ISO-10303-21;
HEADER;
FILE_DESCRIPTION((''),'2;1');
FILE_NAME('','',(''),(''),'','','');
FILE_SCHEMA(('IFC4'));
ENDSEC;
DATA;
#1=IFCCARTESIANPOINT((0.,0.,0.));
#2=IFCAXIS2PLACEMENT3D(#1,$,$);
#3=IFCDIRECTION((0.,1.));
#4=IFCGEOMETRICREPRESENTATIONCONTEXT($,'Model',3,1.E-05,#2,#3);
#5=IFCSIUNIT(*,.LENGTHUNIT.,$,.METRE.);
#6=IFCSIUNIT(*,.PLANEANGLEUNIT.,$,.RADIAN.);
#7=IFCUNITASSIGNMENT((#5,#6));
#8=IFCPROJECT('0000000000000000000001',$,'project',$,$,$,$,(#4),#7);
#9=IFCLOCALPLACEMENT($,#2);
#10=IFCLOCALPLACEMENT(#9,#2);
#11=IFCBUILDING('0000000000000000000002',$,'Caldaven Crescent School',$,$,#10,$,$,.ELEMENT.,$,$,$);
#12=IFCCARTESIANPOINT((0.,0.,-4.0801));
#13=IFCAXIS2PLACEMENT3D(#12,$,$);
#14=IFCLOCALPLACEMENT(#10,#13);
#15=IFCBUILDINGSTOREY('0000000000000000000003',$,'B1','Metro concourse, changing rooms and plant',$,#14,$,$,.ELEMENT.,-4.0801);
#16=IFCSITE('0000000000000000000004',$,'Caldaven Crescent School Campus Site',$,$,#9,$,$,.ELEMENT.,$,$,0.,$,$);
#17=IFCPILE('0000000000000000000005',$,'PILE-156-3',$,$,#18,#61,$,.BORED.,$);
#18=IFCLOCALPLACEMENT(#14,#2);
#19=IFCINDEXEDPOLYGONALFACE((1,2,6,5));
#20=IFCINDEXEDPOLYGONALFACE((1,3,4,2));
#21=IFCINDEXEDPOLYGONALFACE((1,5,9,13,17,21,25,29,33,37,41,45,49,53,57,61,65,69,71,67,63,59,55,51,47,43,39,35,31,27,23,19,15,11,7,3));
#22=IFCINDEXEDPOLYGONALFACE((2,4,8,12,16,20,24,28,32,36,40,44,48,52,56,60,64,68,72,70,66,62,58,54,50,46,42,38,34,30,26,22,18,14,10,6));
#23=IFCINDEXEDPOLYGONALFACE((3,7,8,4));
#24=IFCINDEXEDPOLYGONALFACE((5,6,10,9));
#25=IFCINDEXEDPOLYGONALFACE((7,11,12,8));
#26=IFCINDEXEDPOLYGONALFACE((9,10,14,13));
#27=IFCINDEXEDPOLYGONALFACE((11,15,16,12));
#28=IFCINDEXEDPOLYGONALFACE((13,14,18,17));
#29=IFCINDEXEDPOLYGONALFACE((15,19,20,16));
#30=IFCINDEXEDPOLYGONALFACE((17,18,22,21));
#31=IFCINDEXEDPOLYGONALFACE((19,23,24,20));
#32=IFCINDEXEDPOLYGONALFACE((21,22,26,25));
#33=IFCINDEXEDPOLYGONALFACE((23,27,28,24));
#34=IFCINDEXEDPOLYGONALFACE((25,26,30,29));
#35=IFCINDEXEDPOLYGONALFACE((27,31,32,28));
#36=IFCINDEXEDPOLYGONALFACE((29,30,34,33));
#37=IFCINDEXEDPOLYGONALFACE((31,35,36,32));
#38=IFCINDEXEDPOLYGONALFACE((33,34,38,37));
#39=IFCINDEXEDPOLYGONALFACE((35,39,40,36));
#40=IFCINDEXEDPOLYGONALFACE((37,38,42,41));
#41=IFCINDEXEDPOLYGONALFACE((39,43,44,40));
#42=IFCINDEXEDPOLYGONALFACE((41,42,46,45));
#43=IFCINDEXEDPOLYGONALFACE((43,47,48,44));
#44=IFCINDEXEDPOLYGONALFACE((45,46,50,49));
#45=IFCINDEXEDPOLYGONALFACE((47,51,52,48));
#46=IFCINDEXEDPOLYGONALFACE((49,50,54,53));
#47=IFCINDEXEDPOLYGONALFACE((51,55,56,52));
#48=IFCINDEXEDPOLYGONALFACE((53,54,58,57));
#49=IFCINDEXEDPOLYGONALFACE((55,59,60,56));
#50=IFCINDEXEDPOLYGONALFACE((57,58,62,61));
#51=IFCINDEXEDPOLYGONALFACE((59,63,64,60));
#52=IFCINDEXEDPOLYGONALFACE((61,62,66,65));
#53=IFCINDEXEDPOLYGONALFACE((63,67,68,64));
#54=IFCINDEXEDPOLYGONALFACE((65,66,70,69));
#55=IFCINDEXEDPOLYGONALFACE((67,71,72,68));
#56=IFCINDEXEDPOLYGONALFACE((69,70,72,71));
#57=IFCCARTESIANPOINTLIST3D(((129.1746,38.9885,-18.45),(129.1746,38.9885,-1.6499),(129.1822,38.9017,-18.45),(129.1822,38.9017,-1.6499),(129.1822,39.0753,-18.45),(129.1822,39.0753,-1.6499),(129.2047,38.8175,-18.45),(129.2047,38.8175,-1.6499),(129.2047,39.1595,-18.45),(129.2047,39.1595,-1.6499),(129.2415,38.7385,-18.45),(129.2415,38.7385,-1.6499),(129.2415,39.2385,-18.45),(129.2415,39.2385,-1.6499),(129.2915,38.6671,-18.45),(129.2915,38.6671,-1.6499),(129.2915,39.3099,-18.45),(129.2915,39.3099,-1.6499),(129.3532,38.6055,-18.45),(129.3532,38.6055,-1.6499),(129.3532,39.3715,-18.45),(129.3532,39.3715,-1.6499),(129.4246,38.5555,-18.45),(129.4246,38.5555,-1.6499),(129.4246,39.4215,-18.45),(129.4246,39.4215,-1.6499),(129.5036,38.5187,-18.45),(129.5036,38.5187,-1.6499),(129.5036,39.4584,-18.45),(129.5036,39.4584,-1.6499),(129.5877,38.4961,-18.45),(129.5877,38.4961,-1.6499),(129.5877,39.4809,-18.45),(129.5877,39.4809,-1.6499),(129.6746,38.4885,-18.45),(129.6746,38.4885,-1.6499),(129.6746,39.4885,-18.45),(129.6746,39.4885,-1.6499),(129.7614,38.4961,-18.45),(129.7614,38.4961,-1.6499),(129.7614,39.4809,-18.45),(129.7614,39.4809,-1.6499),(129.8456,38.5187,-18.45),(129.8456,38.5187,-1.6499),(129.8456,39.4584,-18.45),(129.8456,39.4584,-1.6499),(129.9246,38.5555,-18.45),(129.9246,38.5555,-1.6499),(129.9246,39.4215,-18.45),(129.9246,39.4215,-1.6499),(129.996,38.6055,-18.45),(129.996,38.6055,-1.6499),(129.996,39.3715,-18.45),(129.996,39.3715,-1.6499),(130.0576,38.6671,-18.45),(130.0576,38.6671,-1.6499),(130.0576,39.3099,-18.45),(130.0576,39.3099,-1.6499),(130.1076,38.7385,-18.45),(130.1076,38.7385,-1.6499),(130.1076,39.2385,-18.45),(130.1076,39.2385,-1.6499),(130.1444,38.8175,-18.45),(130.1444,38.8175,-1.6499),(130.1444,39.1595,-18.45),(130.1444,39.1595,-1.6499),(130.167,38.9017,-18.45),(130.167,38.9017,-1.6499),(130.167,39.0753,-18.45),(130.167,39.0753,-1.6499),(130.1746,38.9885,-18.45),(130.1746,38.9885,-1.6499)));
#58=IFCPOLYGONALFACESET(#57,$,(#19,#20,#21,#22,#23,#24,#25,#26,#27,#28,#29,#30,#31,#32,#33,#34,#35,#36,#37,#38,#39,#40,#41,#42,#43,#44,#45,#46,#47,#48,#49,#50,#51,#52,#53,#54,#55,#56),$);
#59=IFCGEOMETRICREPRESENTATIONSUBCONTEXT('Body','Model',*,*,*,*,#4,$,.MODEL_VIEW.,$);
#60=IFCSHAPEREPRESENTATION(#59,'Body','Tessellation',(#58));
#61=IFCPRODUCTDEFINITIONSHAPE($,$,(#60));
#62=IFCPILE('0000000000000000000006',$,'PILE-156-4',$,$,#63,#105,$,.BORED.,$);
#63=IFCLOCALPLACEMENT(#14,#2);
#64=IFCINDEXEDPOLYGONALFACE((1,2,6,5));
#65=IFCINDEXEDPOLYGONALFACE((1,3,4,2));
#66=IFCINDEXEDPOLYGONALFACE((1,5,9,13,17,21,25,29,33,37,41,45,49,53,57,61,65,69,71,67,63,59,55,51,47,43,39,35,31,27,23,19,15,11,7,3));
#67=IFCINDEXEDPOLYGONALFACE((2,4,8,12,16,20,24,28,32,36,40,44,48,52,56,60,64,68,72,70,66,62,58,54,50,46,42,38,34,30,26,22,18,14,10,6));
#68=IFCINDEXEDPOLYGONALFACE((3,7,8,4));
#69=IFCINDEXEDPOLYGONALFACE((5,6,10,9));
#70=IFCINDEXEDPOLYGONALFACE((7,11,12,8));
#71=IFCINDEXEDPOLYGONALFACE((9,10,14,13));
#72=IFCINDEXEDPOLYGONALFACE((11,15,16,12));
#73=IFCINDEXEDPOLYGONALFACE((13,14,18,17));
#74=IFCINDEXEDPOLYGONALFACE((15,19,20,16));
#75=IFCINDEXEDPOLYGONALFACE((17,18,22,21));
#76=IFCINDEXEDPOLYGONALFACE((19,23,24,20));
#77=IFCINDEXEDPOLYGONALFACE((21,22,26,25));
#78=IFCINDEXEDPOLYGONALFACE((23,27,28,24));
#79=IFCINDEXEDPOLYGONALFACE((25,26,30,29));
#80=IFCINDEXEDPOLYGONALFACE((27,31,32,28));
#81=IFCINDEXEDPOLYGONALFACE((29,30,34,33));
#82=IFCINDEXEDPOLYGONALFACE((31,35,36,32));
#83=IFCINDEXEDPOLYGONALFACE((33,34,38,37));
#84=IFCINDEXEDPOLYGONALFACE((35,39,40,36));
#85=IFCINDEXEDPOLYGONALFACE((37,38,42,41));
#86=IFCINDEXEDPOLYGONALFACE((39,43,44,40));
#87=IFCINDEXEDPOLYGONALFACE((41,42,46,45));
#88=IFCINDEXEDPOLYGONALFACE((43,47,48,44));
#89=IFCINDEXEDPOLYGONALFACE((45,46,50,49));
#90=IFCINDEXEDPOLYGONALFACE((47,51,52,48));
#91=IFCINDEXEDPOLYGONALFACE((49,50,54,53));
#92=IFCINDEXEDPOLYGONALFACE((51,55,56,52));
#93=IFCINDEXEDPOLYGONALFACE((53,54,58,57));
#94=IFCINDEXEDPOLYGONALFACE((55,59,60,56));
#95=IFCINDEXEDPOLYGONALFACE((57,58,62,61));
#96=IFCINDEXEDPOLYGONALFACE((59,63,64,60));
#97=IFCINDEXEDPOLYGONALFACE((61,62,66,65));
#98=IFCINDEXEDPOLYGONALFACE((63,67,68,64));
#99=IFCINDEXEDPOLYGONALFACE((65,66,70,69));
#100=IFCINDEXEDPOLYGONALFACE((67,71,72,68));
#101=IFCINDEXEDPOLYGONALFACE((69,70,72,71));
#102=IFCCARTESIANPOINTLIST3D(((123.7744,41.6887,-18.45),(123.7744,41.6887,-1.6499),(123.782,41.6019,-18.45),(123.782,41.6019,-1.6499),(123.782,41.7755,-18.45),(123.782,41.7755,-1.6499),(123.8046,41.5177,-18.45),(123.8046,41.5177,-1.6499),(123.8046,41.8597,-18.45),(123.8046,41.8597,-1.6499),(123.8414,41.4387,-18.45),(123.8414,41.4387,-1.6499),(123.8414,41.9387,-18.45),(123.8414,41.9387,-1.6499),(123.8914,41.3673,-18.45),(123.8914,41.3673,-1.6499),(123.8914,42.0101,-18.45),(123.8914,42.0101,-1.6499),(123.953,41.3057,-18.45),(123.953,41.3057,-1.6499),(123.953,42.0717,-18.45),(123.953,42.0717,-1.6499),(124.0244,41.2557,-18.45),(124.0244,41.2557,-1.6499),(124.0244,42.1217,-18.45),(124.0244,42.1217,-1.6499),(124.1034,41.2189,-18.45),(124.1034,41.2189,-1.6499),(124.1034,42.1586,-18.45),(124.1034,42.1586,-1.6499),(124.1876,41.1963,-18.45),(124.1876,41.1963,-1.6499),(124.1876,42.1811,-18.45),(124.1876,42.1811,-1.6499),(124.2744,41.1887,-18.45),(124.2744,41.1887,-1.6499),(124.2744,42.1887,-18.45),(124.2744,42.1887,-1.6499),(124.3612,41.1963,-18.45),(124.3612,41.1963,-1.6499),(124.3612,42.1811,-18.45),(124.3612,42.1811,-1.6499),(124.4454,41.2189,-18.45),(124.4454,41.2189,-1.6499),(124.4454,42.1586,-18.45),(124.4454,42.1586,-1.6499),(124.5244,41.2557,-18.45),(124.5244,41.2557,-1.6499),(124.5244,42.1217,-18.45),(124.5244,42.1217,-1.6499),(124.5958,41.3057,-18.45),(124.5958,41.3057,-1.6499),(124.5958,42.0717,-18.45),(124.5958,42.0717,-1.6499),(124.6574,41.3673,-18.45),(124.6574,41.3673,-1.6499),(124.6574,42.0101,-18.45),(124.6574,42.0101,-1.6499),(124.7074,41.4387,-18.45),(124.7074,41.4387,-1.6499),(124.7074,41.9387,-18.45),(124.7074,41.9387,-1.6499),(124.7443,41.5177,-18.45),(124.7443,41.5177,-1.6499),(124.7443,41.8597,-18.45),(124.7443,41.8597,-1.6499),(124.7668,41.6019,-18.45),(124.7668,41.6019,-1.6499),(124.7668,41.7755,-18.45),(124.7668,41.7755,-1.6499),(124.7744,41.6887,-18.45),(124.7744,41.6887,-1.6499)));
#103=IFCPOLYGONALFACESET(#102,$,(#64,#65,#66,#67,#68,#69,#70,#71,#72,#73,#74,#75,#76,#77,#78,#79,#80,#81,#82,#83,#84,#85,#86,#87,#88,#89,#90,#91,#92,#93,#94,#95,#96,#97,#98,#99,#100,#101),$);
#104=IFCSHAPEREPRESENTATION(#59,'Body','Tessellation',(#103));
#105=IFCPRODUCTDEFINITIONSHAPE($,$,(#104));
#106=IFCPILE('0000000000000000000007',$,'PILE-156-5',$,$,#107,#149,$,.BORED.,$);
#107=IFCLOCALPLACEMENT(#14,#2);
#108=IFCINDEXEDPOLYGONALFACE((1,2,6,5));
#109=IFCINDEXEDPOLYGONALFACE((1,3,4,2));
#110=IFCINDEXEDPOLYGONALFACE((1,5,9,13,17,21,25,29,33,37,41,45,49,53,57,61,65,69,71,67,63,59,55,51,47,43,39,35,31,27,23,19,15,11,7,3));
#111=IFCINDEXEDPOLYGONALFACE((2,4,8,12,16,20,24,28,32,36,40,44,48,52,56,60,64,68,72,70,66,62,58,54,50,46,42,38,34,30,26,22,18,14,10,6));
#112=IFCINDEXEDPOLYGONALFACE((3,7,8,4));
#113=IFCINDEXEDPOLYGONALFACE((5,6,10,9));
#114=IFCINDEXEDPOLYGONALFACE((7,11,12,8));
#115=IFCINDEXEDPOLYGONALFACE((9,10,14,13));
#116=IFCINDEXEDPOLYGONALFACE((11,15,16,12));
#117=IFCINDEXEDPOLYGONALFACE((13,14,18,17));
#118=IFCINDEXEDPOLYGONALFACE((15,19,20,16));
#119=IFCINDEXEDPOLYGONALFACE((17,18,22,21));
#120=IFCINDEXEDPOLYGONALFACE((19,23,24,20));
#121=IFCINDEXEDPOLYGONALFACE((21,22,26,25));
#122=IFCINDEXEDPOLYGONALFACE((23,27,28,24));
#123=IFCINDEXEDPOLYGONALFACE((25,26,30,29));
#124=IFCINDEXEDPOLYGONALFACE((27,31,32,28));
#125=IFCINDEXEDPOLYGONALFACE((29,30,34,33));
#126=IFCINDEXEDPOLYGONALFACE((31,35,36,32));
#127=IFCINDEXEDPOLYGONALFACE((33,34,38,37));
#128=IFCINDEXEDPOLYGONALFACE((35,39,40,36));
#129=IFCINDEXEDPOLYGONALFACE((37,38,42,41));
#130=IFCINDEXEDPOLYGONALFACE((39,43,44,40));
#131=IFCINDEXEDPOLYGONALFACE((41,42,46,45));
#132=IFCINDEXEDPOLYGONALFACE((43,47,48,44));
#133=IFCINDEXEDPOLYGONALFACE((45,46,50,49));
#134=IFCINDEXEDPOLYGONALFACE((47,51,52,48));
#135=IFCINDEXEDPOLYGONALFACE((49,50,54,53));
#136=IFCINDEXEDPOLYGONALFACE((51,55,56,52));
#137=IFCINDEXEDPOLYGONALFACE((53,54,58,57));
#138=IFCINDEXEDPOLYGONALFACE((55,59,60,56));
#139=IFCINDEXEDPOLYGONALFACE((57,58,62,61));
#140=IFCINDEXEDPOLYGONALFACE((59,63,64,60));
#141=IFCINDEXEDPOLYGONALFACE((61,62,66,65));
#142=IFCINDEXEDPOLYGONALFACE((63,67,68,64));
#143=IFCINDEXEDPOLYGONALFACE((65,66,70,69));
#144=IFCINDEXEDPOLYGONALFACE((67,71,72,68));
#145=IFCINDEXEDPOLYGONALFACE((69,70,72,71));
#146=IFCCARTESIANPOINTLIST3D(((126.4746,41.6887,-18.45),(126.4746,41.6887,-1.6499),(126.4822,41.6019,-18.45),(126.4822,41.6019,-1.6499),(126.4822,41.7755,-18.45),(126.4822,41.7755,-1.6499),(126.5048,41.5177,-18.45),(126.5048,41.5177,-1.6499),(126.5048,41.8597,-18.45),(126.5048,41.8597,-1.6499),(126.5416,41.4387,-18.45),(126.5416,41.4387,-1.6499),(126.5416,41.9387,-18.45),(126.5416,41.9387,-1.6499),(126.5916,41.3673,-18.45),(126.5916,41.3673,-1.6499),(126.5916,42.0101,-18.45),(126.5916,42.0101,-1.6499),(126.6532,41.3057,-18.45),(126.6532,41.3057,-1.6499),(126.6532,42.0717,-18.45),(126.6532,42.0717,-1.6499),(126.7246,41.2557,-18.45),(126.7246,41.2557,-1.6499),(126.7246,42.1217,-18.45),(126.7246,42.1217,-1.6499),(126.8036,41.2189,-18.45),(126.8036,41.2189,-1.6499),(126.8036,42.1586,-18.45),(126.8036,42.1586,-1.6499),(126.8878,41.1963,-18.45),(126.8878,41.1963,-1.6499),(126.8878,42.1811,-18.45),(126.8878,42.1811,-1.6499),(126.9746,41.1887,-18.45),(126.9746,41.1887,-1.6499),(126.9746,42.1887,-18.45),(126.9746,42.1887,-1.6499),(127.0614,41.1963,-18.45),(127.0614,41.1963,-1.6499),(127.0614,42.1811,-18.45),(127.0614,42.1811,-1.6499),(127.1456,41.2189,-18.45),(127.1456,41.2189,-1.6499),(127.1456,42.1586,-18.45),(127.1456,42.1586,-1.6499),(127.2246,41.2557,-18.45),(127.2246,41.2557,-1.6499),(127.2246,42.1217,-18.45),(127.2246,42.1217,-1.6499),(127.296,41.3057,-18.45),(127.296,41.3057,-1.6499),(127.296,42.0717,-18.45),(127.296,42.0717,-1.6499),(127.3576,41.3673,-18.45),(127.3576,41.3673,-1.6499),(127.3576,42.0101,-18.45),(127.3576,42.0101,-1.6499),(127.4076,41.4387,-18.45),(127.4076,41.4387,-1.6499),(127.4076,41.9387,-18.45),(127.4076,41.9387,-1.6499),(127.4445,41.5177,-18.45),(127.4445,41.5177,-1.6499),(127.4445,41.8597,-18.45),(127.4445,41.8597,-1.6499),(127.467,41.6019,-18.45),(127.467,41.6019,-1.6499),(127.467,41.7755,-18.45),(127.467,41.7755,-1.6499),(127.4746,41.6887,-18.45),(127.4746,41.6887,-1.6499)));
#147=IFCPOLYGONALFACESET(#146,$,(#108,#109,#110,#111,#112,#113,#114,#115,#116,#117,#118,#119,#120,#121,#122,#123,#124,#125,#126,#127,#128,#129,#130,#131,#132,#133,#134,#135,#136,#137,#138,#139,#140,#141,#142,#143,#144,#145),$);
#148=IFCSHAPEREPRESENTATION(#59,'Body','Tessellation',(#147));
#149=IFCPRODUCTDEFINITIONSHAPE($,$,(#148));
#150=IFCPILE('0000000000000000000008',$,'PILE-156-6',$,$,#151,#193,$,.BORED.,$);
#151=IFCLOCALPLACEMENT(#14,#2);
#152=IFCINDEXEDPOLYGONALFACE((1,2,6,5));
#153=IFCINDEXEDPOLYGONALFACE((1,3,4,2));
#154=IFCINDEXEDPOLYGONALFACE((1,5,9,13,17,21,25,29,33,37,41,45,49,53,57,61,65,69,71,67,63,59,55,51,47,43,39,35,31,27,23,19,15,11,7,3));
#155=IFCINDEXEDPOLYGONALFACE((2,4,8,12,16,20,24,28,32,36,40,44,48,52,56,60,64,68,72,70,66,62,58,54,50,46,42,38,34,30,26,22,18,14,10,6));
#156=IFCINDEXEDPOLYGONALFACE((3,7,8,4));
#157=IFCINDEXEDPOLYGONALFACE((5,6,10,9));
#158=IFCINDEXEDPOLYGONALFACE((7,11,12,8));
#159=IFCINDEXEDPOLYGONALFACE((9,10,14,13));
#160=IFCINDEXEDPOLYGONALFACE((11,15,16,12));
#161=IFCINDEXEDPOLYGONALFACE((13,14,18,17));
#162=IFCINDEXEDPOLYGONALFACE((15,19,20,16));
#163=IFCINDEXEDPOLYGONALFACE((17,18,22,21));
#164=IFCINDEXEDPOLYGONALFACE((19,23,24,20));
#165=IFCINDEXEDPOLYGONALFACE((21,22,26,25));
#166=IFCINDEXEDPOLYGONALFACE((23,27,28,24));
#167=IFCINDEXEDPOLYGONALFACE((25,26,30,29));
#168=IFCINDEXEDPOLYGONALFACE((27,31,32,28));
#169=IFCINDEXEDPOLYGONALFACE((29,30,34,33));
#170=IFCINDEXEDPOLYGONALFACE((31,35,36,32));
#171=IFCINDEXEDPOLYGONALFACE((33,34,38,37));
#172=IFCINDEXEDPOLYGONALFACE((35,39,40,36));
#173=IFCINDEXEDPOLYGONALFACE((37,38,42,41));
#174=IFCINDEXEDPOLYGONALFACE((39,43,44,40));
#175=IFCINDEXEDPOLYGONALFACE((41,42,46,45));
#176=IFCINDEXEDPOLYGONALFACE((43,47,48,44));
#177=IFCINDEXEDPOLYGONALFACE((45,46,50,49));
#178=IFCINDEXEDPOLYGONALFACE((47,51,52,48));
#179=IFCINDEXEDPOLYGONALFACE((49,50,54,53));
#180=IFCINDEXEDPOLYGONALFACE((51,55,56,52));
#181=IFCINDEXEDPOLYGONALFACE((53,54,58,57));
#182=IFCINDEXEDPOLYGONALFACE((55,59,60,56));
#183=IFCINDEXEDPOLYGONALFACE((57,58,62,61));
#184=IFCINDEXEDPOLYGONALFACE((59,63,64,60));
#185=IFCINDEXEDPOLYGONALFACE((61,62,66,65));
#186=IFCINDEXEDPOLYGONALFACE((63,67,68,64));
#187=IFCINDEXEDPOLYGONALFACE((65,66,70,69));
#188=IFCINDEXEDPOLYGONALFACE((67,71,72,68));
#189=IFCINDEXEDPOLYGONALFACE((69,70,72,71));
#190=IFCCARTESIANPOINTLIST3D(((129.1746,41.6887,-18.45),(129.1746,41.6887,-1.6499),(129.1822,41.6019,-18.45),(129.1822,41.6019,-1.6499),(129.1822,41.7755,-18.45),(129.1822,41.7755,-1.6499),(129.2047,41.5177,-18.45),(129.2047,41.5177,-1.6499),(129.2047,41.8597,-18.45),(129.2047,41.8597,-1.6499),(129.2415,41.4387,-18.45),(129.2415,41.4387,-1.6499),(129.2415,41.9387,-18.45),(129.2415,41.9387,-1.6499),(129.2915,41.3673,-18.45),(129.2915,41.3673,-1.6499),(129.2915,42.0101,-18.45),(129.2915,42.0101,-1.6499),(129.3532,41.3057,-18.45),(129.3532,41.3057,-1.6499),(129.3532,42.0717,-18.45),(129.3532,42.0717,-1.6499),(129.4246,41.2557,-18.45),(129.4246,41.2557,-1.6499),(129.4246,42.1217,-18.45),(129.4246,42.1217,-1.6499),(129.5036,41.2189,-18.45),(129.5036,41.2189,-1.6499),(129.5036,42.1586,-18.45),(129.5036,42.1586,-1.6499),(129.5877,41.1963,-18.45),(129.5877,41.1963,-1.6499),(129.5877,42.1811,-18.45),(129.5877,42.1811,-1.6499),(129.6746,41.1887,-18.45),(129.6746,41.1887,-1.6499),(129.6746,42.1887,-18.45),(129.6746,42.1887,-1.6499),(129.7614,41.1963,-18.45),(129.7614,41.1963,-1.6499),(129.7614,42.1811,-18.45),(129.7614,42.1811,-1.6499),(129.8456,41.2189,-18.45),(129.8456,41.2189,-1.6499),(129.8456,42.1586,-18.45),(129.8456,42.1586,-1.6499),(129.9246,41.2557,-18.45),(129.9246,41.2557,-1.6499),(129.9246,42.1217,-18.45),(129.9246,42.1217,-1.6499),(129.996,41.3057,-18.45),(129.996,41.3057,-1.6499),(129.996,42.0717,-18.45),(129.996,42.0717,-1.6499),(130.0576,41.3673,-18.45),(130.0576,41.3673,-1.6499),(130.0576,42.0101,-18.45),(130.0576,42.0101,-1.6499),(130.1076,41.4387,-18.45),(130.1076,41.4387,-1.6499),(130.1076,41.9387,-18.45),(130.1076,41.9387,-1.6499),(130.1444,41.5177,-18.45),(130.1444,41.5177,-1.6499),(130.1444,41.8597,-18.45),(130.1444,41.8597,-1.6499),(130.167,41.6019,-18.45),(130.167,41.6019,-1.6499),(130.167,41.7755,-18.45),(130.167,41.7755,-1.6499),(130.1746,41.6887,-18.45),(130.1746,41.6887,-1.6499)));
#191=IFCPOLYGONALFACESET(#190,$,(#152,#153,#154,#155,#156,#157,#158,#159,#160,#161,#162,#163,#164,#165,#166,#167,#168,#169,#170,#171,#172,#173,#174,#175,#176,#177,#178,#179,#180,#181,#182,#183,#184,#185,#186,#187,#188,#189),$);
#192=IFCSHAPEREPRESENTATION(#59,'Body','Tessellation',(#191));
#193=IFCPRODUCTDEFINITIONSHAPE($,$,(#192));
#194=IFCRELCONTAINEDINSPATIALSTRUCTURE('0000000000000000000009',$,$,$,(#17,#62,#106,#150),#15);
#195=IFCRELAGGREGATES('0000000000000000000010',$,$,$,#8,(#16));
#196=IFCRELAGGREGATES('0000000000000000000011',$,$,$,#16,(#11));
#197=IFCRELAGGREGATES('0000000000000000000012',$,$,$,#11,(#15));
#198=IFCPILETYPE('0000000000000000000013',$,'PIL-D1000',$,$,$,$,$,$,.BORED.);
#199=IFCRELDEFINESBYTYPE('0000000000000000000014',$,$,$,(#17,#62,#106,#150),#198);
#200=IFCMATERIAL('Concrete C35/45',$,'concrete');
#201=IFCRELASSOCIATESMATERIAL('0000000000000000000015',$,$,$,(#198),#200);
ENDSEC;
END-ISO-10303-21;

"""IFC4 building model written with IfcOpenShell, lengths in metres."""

from ifc_helpers import new_model, si_unit, direction, frame, origin, origin_2d, place, context, subcontext, project, spatial, circle, extrude, material, material_profile, profile_set, type_object, element, save


model = new_model("IFC4")

# Units and contexts
model_context = context("Model", 3, precision=1e-05, world=origin(), true_north=direction((0.0, 1.0)))
body_context = subcontext(model_context, "Body", "Model", "MODEL_VIEW")
ifc_project = project(units=[si_unit("LENGTHUNIT", "METRE"), si_unit("PLANEANGLEUNIT", "RADIAN")], contexts=[model_context])

# Site, building, storey
site_placement = place(None, origin())
site = spatial("IfcSite", under=ifc_project, at=site_placement, Name="Caldaven Crescent School Campus Site", CompositionType="ELEMENT", RefElevation=0.0)
building_placement = place(site_placement, origin())
building = spatial("IfcBuilding", under=site, at=building_placement, Name="Caldaven Crescent School", CompositionType="ELEMENT")
storey_placement = place(building_placement, frame((0.0, 0.0, -4.0801)))
storey = spatial("IfcBuildingStorey", under=building, at=storey_placement, Name="B1", Description="Metro concourse, changing rooms and plant", CompositionType="ELEMENT", Elevation=-4.0801)

# Shared definitions
ifc_material_1 = material(Name="Concrete C35/45", Category="concrete")

# Piles
ifc_material_profile_1 = material_profile(ifc_material_1, circle(Radius=0.5, at=origin_2d()), Name="PILE D1000")
ifc_profile_set_1 = profile_set([ifc_material_profile_1], Name="Concrete C35/45")
pile_type = type_object("IfcPileType", Name="PIL-D1000", PredefinedType="BORED", material=ifc_profile_set_1)
for number, where, z_axis, x_axis, name in (
    (1, (129.6746, 38.9885, -1.6499), (0.0, 0.0, -1.0), (1.0, 0.0, 0.0), "PILE-156-3"),
    (2, (124.2744, 41.6887, -1.6499), (0.0, 0.0, -1.0), (1.0, 0.0, 0.0), "PILE-156-4"),
    (3, (126.9746, 41.6887, -1.6499), (0.0, 0.0, -1.0), (1.0, 0.0, 0.0), "PILE-156-5"),
    (4, (129.6746, 41.6887, -1.6499), (0.0, 0.0, -1.0), (1.0, 0.0, 0.0), "PILE-156-6"),
):
    element("IfcPile", number, at=place(storey_placement, frame(where, z_axis=z_axis, x_axis=x_axis)), inside=storey, type_object=pile_type, Name=name, PredefinedType="BORED", context=body_context, shape_type="SweptSolid", body=[
        extrude(circle(Radius=0.5, at=origin_2d()), origin(), (0.0, 0.0, 1.0), 16.8),
    ])

save(model, "model.ifc")
